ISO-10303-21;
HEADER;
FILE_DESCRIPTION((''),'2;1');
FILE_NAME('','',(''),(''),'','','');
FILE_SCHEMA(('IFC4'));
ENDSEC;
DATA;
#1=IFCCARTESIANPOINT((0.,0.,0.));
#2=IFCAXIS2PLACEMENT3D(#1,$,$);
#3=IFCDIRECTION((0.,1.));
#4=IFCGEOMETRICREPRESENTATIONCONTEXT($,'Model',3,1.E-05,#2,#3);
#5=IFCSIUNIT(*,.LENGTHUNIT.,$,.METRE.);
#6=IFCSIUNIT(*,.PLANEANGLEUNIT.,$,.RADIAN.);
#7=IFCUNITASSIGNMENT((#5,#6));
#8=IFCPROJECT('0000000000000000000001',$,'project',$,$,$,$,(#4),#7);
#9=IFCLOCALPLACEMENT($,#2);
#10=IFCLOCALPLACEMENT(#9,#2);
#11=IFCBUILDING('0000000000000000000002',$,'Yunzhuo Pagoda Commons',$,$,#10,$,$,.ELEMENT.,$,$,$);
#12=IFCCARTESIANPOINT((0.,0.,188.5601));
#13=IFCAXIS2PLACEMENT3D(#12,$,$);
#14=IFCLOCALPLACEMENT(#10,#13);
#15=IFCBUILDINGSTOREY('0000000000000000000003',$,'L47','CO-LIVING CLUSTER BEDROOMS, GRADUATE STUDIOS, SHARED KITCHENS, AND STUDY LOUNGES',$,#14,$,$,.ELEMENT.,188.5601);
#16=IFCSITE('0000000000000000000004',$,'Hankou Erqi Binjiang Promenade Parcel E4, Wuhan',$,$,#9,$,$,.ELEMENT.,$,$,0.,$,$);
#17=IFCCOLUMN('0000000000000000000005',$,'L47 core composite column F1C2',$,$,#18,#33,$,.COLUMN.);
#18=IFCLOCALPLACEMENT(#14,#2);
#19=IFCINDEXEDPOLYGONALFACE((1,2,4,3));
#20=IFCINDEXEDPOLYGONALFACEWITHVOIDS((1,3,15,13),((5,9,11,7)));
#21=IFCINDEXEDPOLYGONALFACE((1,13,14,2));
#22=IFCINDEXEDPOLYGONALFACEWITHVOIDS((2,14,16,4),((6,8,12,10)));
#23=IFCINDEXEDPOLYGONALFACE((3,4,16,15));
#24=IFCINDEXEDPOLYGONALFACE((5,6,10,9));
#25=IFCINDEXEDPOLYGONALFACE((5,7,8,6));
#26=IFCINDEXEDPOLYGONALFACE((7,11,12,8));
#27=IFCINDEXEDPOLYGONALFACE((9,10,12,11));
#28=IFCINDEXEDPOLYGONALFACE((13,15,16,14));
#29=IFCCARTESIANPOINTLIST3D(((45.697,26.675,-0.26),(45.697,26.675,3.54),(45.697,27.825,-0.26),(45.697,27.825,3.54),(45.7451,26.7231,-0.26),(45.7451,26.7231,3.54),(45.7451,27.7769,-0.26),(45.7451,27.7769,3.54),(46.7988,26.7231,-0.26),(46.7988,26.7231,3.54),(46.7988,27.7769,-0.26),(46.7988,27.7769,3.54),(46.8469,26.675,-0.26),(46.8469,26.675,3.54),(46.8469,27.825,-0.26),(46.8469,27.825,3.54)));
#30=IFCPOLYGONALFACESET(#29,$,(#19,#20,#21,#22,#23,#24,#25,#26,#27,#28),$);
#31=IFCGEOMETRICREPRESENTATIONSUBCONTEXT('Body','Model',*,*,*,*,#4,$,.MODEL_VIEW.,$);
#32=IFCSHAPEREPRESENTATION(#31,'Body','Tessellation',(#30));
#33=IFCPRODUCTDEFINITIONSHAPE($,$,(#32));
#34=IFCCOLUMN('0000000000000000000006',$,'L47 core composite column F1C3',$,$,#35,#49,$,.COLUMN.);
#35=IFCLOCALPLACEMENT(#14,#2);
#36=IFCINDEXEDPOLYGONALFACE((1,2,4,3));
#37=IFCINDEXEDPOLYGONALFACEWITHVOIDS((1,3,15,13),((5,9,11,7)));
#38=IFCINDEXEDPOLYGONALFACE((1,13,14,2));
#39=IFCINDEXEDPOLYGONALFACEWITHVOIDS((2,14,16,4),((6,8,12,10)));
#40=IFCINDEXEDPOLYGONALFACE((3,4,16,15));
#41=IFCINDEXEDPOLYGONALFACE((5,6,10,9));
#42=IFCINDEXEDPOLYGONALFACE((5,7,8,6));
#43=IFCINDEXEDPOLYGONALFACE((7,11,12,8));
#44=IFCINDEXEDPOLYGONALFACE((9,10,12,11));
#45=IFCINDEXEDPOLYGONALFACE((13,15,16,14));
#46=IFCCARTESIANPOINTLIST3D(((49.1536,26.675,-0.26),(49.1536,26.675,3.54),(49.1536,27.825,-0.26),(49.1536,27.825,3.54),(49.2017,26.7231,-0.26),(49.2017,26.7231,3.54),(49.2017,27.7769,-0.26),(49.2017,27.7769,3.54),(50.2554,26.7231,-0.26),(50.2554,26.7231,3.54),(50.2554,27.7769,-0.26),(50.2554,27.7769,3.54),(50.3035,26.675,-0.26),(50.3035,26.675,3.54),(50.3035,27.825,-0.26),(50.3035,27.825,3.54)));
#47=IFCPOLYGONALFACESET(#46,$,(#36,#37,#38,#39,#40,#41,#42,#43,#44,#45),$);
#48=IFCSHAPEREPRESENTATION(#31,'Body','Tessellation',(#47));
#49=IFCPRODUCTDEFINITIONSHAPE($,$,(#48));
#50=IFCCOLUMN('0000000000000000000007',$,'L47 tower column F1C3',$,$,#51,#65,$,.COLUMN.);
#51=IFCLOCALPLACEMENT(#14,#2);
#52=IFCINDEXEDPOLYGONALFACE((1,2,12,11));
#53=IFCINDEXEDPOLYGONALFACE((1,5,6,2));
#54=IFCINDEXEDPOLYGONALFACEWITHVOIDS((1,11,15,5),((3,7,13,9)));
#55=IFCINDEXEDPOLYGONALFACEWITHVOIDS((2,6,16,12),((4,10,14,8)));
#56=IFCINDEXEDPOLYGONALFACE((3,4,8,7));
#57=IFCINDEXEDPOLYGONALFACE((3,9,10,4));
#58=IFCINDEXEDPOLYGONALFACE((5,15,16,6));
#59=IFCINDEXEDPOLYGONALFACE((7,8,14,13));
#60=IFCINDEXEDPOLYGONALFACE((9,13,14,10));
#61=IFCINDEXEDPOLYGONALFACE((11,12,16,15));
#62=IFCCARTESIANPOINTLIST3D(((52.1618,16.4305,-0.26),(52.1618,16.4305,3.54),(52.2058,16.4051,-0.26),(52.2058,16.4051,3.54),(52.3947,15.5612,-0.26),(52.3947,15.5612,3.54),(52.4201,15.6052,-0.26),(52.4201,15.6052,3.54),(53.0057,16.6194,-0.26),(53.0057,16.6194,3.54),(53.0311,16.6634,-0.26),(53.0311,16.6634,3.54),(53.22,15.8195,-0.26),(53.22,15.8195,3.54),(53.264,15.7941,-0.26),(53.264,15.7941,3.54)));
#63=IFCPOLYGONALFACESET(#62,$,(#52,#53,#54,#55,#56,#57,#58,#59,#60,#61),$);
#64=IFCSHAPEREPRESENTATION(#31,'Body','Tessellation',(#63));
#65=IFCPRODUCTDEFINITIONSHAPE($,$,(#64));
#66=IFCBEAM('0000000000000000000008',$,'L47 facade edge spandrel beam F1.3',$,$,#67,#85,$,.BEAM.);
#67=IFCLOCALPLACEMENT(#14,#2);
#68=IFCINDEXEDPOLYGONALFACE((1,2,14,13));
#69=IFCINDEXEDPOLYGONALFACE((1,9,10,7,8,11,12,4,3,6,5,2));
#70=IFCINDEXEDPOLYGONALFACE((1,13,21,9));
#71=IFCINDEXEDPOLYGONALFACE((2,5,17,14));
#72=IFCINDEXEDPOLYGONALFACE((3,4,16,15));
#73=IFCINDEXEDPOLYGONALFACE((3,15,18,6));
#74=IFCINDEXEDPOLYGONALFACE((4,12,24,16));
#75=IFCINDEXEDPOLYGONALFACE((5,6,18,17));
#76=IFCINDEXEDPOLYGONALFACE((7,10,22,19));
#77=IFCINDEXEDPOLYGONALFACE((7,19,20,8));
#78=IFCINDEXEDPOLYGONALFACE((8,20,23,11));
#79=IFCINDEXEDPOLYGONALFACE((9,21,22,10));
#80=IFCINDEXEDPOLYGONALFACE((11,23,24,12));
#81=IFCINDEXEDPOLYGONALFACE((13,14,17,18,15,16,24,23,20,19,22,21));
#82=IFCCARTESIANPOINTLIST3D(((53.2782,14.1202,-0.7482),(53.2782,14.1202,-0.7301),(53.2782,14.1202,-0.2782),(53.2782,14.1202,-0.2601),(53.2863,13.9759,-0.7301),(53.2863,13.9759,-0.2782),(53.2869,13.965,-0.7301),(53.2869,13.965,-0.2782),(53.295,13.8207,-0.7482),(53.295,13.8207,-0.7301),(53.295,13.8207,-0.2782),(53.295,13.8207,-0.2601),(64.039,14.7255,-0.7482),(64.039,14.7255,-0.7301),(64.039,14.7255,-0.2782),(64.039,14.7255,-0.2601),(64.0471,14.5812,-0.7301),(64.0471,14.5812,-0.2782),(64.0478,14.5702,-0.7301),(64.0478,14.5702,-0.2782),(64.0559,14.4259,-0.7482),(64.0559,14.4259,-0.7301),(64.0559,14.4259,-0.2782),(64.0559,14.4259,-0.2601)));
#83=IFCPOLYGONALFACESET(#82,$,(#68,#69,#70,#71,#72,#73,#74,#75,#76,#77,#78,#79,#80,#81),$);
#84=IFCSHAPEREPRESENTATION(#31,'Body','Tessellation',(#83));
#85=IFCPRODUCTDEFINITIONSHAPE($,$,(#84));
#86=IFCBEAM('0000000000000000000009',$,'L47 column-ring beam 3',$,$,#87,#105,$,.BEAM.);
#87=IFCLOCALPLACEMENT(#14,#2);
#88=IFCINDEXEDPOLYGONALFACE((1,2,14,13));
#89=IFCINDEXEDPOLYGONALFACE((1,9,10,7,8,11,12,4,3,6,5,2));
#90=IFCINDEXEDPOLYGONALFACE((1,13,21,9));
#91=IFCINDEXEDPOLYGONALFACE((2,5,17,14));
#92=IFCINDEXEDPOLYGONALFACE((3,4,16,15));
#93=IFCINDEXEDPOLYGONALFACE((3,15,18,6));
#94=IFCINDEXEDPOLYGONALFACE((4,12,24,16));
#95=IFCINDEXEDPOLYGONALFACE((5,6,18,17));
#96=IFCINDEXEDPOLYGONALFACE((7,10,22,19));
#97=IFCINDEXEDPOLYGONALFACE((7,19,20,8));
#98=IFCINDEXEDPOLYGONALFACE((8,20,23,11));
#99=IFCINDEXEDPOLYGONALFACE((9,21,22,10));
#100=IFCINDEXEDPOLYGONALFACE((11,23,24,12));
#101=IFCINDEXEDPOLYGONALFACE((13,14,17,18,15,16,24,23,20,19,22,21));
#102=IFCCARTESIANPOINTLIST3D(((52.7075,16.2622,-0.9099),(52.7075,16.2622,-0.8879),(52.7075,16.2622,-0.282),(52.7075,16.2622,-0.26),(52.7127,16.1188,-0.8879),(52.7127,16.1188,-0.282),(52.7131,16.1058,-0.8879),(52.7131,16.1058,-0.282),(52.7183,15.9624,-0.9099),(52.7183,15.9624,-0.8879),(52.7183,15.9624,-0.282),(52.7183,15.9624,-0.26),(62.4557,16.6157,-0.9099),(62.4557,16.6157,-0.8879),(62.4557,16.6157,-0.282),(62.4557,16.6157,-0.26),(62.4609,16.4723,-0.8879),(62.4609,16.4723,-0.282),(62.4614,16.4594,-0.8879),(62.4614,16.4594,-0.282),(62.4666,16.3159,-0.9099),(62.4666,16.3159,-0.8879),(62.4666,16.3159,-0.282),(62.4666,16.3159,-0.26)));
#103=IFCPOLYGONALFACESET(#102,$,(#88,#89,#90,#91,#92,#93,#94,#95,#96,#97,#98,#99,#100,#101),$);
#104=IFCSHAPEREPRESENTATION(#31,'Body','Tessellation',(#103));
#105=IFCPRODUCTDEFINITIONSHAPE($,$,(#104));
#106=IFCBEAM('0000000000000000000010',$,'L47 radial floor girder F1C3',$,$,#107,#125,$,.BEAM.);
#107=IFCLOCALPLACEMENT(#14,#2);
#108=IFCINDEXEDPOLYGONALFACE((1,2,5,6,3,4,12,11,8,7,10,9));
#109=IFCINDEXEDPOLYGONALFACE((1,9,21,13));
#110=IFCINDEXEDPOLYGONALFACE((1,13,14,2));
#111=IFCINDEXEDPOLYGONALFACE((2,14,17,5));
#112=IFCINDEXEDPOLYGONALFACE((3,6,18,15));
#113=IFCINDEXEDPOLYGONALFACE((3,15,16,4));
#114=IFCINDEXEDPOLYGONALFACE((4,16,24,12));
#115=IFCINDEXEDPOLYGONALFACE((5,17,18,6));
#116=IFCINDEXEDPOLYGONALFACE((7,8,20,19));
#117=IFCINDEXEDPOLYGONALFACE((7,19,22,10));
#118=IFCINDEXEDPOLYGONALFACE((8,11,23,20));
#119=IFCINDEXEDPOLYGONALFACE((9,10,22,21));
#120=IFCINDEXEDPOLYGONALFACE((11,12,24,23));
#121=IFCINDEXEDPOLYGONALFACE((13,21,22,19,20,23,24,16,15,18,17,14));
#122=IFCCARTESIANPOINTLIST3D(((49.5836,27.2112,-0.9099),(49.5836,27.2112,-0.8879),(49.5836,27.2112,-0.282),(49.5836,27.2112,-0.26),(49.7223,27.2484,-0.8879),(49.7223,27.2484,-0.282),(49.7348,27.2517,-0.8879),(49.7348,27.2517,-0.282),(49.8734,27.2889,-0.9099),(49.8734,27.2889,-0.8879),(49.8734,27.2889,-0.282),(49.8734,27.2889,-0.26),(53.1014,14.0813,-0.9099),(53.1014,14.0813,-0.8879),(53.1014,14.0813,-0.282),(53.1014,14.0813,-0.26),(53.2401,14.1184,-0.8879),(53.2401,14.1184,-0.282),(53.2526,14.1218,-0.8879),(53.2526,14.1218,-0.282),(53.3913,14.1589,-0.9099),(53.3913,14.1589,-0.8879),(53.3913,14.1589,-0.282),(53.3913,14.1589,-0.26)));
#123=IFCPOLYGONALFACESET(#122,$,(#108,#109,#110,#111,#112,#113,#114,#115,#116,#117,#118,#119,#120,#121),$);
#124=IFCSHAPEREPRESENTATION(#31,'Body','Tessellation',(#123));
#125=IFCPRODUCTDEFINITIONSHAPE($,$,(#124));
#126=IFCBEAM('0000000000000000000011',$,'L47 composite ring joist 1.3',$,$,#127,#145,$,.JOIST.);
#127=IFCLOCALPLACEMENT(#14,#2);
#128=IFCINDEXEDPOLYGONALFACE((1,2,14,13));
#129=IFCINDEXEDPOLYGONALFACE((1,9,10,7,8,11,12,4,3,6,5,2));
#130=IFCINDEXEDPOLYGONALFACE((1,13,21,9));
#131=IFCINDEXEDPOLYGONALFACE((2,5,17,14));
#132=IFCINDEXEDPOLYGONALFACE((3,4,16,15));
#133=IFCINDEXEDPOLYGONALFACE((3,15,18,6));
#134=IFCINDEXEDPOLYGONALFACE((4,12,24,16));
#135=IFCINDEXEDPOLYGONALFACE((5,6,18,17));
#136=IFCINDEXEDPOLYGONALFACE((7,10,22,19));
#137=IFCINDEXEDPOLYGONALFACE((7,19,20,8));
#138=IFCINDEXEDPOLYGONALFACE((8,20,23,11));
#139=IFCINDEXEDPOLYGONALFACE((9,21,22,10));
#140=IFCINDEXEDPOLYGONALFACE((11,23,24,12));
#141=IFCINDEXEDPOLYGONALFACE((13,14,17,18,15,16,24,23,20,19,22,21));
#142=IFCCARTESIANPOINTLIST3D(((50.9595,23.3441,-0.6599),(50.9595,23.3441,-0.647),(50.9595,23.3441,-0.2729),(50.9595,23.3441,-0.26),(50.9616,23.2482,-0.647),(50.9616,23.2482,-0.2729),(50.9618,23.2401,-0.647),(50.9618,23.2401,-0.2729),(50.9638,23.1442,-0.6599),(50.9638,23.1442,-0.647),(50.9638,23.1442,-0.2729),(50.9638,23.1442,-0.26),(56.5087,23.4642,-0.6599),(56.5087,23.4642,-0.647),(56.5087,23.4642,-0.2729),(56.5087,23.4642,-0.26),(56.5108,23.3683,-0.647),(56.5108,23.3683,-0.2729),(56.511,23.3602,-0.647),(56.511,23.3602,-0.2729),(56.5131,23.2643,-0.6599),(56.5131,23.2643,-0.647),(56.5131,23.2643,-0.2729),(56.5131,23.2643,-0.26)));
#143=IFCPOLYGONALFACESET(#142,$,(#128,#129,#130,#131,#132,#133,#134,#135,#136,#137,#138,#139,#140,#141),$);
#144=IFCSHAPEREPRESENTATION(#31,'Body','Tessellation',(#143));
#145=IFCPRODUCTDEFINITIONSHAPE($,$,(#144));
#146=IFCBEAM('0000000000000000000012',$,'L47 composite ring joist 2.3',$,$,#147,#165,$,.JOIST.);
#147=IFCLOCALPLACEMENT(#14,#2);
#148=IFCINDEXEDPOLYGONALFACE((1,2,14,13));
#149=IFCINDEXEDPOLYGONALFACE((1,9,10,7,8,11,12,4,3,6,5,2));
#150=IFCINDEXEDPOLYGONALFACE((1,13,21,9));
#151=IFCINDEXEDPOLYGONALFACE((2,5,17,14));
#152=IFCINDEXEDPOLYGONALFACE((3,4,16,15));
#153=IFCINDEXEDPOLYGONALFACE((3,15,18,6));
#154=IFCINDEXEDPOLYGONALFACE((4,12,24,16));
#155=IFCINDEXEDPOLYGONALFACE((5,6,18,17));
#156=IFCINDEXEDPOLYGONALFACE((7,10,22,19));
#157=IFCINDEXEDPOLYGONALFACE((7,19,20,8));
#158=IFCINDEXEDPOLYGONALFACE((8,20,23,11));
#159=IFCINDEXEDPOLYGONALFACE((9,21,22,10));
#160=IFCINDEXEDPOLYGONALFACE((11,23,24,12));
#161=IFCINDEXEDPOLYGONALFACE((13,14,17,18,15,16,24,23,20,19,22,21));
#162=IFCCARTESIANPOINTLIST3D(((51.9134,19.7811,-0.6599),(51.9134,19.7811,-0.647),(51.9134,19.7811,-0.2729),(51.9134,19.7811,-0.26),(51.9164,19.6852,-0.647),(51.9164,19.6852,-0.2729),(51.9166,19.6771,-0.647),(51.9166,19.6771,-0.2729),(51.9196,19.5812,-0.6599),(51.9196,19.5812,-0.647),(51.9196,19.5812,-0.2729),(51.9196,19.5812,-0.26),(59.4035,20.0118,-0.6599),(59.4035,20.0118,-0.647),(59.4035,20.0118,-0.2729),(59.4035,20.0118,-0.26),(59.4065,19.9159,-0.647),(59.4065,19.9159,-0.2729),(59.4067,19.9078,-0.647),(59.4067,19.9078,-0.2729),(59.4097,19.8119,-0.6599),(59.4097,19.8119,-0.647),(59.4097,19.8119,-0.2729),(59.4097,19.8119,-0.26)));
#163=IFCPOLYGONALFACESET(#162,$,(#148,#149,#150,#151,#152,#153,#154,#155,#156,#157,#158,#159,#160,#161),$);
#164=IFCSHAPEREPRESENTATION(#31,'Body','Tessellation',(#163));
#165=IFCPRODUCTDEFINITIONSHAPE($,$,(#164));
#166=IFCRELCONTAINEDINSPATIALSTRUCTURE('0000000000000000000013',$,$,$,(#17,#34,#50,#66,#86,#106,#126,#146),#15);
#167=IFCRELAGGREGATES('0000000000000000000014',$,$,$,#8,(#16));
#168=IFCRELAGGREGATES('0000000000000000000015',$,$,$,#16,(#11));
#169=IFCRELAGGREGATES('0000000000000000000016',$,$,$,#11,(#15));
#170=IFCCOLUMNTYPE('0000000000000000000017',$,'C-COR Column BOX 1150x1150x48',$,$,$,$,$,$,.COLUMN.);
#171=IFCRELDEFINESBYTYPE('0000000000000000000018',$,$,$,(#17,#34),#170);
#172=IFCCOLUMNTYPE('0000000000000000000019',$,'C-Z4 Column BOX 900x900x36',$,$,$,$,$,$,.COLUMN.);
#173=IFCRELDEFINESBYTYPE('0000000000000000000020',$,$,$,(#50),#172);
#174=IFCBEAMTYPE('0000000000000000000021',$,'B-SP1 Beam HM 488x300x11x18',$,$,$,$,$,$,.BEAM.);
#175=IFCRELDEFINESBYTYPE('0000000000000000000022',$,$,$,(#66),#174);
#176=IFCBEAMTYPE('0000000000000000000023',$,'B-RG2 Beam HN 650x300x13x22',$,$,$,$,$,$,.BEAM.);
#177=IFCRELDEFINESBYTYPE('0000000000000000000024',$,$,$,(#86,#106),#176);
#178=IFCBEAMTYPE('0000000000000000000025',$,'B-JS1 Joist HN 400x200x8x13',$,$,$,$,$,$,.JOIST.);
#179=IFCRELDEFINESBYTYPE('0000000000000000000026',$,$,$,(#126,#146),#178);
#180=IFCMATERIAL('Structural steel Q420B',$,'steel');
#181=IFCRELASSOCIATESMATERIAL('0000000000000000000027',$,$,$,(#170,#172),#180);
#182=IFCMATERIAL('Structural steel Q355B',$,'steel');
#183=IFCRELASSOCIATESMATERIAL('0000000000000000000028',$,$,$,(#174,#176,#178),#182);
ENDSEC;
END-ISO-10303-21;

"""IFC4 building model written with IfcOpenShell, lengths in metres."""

from ifc_helpers import new_model, si_unit, direction, frame, origin, origin_2d, place, context, subcontext, project, spatial, hollow_rectangle, i_section, extrude, source, transform, mapped, material, material_profile, profile_set, type_object, element, save


model = new_model("IFC4")

# Units and contexts
model_context = context("Model", 3, precision=1e-05, world=origin(), true_north=direction((0.0, 1.0)))
body_context = subcontext(model_context, "Body", "Model", "MODEL_VIEW")
ifc_project = project(units=[si_unit("LENGTHUNIT", "METRE"), si_unit("PLANEANGLEUNIT", "RADIAN")], contexts=[model_context])

# Site, building, storey
site_placement = place(None, origin())
site = spatial("IfcSite", under=ifc_project, at=site_placement, Name="Hankou Erqi Binjiang Promenade Parcel E4, Wuhan", CompositionType="ELEMENT", RefElevation=0.0)
building_placement = place(site_placement, origin())
building = spatial("IfcBuilding", under=site, at=building_placement, Name="Yunzhuo Pagoda Commons", CompositionType="ELEMENT")
storey_placement = place(building_placement, frame((0.0, 0.0, 188.5601)))
storey = spatial("IfcBuildingStorey", under=building, at=storey_placement, Name="L47", Description="CO-LIVING CLUSTER BEDROOMS, GRADUATE STUDIOS, SHARED KITCHENS, AND STUDY LOUNGES", CompositionType="ELEMENT", Elevation=188.5601)

# Columns
ifc_material_1 = material(Name="Structural steel Q420B", Category="steel")
ifc_material_profile_1 = material_profile(ifc_material_1, hollow_rectangle(XDim=1.1499, YDim=1.1499, WallThickness=0.0481, at=origin_2d()), Name="Structural steel Q420B")
ifc_profile_set_1 = profile_set([ifc_material_profile_1], Name="Structural steel Q420B")
column_type_1 = type_object("IfcColumnType", Name="C-COR Column BOX 1150x1150x48", PredefinedType="COLUMN", material=ifc_profile_set_1)
shared_shape_1 = source(origin(), body_context, "Body", "SweptSolid", [
    extrude(hollow_rectangle(XDim=1.1499, YDim=1.1499, WallThickness=0.0481, at=origin_2d()), origin(), (0.0, 0.0, 1.0), 3.8),
])
for number, where, z_axis, x_axis, name in (
    (1, (46.272, 27.25, -0.26), (0.0, 0.0, 1.0), (1.0, 0.0, 0.0), "L47 core composite column F1C2"),
    (2, (49.7285, 27.25, -0.26), (0.0, 0.0, 1.0), (1.0, 0.0, 0.0), "L47 core composite column F1C3"),
):
    element("IfcColumn", number, at=place(storey_placement, frame(where, z_axis=z_axis, x_axis=x_axis)), inside=storey, type_object=column_type_1, Name=name, PredefinedType="COLUMN", context=body_context, shape_type="MappedRepresentation", body=[
        mapped(shared_shape_1, transform((0.0, 0.0, 0.0), scale=1.0)),
    ])
ifc_material_profile_2 = material_profile(ifc_material_1, hollow_rectangle(XDim=0.8999, YDim=0.8999, WallThickness=0.0359, at=origin_2d()), Name="Structural steel Q420B")
ifc_profile_set_2 = profile_set([ifc_material_profile_2], Name="Structural steel Q420B")
column_type_2 = type_object("IfcColumnType", Name="C-Z4 Column BOX 900x900x36", PredefinedType="COLUMN", material=ifc_profile_set_2)
shared_shape_2 = source(origin(), body_context, "Body", "SweptSolid", [
    extrude(hollow_rectangle(XDim=0.8999, YDim=0.8999, WallThickness=0.0359, at=origin_2d()), origin(), (0.0, 0.0, 1.0), 3.8),
])
column_placement = place(storey_placement, frame((52.7129, 16.1123, -0.26), z_axis=(0.0, 0.0, 1.0), x_axis=(0.965926, 0.258819, 0.0)))
element("IfcColumn", 3, at=column_placement, inside=storey, type_object=column_type_2, Name="L47 tower column F1C3", PredefinedType="COLUMN", context=body_context, shape_type="MappedRepresentation", body=[
    mapped(shared_shape_2, transform((0.0, 0.0, 0.0), scale=1.0)),
])

# Beams
ifc_material_2 = material(Name="Structural steel Q355B", Category="steel")
ifc_material_profile_3 = material_profile(ifc_material_2, i_section(OverallWidth=0.3, OverallDepth=0.488, WebThickness=0.011, FlangeThickness=0.0181, at=origin_2d()), Name="Structural steel Q355B")
ifc_profile_set_3 = profile_set([ifc_material_profile_3], Name="Structural steel Q355B")
beam_type_1 = type_object("IfcBeamType", Name="B-SP1 Beam HM 488x300x11x18", PredefinedType="BEAM", material=ifc_profile_set_3)
shared_shape_3 = source(origin(), body_context, "Body", "SweptSolid", [
    extrude(i_section(OverallWidth=0.3, OverallDepth=0.488, WebThickness=0.011, FlangeThickness=0.0181, at=origin_2d()), origin(), (0.0, 0.0, 1.0), 10.7778),
])
beam_1_placement = place(storey_placement, frame((53.2866, 13.9705, -0.5042), z_axis=(0.998422, 0.056155, 0.0), x_axis=(-0.056155, 0.998422, 0.0)))
element("IfcBeam", 4, at=beam_1_placement, inside=storey, type_object=beam_type_1, Name="L47 facade edge spandrel beam F1.3", PredefinedType="BEAM", context=body_context, shape_type="MappedRepresentation", body=[
    mapped(shared_shape_3, transform((0.0, 0.0, 0.0), scale=1.0)),
])
ifc_material_profile_4 = material_profile(ifc_material_2, i_section(OverallWidth=0.3, OverallDepth=0.6499, WebThickness=0.0129, FlangeThickness=0.022, at=origin_2d()), Name="Structural steel Q355B")
ifc_profile_set_4 = profile_set([ifc_material_profile_4], Name="Structural steel Q355B")
beam_type_2 = type_object("IfcBeamType", Name="B-RG2 Beam HN 650x300x13x22", PredefinedType="BEAM", material=ifc_profile_set_4)
shared_shape_4 = source(origin(), body_context, "Body", "SweptSolid", [
    extrude(i_section(OverallWidth=0.3, OverallDepth=0.6499, WebThickness=0.0129, FlangeThickness=0.022, at=origin_2d()), origin(), (0.0, 0.0, 1.0), 9.7546),
])
beam_2_placement = place(storey_placement, frame((52.7129, 16.1123, -0.585), z_axis=(0.999343, 0.036241, 0.0), x_axis=(-0.036241, 0.999343, 0.0)))
element("IfcBeam", 5, at=beam_2_placement, inside=storey, type_object=beam_type_2, Name="L47 column-ring beam 3", PredefinedType="BEAM", context=body_context, shape_type="MappedRepresentation", body=[
    mapped(shared_shape_4, transform((0.0, 0.0, 0.0), scale=1.0)),
])
shared_shape_5 = source(origin(), body_context, "Body", "SweptSolid", [
    extrude(i_section(OverallWidth=0.3, OverallDepth=0.6499, WebThickness=0.0129, FlangeThickness=0.022, at=origin_2d()), origin(), (0.0, 0.0, 1.0), 13.593),
])
beam_3_placement = place(storey_placement, frame((53.2463, 14.1201, -0.585), z_axis=(-0.258797, 0.965932, 0.0), x_axis=(-0.965932, -0.258797, 0.0)))
element("IfcBeam", 6, at=beam_3_placement, inside=storey, type_object=beam_type_2, Name="L47 radial floor girder F1C3", PredefinedType="BEAM", context=body_context, shape_type="MappedRepresentation", body=[
    mapped(shared_shape_5, transform((0.0, 0.0, 0.0), scale=1.0)),
])
ifc_material_profile_5 = material_profile(ifc_material_2, i_section(OverallWidth=0.2, OverallDepth=0.3999, WebThickness=0.0081, FlangeThickness=0.0129, at=origin_2d()), Name="Structural steel Q355B")
ifc_profile_set_5 = profile_set([ifc_material_profile_5], Name="Structural steel Q355B")
beam_type_3 = type_object("IfcBeamType", Name="B-JS1 Joist HN 400x200x8x13", PredefinedType="JOIST", material=ifc_profile_set_5)
shared_shape_6 = source(origin(), body_context, "Body", "SweptSolid", [
    extrude(i_section(OverallWidth=0.2, OverallDepth=0.3999, WebThickness=0.0081, FlangeThickness=0.0129, at=origin_2d()), origin(), (0.0, 0.0, 1.0), 5.5505),
])
beam_4_placement = place(storey_placement, frame((50.9617, 23.2441, -0.46), z_axis=(0.999766, 0.02164, 0.0), x_axis=(-0.02164, 0.999766, 0.0)))
element("IfcBeam", 7, at=beam_4_placement, inside=storey, type_object=beam_type_3, Name="L47 composite ring joist 1.3", PredefinedType="JOIST", context=body_context, shape_type="MappedRepresentation", body=[
    mapped(shared_shape_6, transform((0.0, 0.0, 0.0), scale=1.0)),
])
shared_shape_7 = source(origin(), body_context, "Body", "SweptSolid", [
    extrude(i_section(OverallWidth=0.2, OverallDepth=0.3999, WebThickness=0.0081, FlangeThickness=0.0129, at=origin_2d()), origin(), (0.0, 0.0, 1.0), 7.4937),
])
beam_5_placement = place(storey_placement, frame((51.9165, 19.6812, -0.46), z_axis=(0.999526, 0.030788, 0.0), x_axis=(-0.030788, 0.999526, 0.0)))
element("IfcBeam", 8, at=beam_5_placement, inside=storey, type_object=beam_type_3, Name="L47 composite ring joist 2.3", PredefinedType="JOIST", context=body_context, shape_type="MappedRepresentation", body=[
    mapped(shared_shape_7, transform((0.0, 0.0, 0.0), scale=1.0)),
])

save(model, "model.ifc")
